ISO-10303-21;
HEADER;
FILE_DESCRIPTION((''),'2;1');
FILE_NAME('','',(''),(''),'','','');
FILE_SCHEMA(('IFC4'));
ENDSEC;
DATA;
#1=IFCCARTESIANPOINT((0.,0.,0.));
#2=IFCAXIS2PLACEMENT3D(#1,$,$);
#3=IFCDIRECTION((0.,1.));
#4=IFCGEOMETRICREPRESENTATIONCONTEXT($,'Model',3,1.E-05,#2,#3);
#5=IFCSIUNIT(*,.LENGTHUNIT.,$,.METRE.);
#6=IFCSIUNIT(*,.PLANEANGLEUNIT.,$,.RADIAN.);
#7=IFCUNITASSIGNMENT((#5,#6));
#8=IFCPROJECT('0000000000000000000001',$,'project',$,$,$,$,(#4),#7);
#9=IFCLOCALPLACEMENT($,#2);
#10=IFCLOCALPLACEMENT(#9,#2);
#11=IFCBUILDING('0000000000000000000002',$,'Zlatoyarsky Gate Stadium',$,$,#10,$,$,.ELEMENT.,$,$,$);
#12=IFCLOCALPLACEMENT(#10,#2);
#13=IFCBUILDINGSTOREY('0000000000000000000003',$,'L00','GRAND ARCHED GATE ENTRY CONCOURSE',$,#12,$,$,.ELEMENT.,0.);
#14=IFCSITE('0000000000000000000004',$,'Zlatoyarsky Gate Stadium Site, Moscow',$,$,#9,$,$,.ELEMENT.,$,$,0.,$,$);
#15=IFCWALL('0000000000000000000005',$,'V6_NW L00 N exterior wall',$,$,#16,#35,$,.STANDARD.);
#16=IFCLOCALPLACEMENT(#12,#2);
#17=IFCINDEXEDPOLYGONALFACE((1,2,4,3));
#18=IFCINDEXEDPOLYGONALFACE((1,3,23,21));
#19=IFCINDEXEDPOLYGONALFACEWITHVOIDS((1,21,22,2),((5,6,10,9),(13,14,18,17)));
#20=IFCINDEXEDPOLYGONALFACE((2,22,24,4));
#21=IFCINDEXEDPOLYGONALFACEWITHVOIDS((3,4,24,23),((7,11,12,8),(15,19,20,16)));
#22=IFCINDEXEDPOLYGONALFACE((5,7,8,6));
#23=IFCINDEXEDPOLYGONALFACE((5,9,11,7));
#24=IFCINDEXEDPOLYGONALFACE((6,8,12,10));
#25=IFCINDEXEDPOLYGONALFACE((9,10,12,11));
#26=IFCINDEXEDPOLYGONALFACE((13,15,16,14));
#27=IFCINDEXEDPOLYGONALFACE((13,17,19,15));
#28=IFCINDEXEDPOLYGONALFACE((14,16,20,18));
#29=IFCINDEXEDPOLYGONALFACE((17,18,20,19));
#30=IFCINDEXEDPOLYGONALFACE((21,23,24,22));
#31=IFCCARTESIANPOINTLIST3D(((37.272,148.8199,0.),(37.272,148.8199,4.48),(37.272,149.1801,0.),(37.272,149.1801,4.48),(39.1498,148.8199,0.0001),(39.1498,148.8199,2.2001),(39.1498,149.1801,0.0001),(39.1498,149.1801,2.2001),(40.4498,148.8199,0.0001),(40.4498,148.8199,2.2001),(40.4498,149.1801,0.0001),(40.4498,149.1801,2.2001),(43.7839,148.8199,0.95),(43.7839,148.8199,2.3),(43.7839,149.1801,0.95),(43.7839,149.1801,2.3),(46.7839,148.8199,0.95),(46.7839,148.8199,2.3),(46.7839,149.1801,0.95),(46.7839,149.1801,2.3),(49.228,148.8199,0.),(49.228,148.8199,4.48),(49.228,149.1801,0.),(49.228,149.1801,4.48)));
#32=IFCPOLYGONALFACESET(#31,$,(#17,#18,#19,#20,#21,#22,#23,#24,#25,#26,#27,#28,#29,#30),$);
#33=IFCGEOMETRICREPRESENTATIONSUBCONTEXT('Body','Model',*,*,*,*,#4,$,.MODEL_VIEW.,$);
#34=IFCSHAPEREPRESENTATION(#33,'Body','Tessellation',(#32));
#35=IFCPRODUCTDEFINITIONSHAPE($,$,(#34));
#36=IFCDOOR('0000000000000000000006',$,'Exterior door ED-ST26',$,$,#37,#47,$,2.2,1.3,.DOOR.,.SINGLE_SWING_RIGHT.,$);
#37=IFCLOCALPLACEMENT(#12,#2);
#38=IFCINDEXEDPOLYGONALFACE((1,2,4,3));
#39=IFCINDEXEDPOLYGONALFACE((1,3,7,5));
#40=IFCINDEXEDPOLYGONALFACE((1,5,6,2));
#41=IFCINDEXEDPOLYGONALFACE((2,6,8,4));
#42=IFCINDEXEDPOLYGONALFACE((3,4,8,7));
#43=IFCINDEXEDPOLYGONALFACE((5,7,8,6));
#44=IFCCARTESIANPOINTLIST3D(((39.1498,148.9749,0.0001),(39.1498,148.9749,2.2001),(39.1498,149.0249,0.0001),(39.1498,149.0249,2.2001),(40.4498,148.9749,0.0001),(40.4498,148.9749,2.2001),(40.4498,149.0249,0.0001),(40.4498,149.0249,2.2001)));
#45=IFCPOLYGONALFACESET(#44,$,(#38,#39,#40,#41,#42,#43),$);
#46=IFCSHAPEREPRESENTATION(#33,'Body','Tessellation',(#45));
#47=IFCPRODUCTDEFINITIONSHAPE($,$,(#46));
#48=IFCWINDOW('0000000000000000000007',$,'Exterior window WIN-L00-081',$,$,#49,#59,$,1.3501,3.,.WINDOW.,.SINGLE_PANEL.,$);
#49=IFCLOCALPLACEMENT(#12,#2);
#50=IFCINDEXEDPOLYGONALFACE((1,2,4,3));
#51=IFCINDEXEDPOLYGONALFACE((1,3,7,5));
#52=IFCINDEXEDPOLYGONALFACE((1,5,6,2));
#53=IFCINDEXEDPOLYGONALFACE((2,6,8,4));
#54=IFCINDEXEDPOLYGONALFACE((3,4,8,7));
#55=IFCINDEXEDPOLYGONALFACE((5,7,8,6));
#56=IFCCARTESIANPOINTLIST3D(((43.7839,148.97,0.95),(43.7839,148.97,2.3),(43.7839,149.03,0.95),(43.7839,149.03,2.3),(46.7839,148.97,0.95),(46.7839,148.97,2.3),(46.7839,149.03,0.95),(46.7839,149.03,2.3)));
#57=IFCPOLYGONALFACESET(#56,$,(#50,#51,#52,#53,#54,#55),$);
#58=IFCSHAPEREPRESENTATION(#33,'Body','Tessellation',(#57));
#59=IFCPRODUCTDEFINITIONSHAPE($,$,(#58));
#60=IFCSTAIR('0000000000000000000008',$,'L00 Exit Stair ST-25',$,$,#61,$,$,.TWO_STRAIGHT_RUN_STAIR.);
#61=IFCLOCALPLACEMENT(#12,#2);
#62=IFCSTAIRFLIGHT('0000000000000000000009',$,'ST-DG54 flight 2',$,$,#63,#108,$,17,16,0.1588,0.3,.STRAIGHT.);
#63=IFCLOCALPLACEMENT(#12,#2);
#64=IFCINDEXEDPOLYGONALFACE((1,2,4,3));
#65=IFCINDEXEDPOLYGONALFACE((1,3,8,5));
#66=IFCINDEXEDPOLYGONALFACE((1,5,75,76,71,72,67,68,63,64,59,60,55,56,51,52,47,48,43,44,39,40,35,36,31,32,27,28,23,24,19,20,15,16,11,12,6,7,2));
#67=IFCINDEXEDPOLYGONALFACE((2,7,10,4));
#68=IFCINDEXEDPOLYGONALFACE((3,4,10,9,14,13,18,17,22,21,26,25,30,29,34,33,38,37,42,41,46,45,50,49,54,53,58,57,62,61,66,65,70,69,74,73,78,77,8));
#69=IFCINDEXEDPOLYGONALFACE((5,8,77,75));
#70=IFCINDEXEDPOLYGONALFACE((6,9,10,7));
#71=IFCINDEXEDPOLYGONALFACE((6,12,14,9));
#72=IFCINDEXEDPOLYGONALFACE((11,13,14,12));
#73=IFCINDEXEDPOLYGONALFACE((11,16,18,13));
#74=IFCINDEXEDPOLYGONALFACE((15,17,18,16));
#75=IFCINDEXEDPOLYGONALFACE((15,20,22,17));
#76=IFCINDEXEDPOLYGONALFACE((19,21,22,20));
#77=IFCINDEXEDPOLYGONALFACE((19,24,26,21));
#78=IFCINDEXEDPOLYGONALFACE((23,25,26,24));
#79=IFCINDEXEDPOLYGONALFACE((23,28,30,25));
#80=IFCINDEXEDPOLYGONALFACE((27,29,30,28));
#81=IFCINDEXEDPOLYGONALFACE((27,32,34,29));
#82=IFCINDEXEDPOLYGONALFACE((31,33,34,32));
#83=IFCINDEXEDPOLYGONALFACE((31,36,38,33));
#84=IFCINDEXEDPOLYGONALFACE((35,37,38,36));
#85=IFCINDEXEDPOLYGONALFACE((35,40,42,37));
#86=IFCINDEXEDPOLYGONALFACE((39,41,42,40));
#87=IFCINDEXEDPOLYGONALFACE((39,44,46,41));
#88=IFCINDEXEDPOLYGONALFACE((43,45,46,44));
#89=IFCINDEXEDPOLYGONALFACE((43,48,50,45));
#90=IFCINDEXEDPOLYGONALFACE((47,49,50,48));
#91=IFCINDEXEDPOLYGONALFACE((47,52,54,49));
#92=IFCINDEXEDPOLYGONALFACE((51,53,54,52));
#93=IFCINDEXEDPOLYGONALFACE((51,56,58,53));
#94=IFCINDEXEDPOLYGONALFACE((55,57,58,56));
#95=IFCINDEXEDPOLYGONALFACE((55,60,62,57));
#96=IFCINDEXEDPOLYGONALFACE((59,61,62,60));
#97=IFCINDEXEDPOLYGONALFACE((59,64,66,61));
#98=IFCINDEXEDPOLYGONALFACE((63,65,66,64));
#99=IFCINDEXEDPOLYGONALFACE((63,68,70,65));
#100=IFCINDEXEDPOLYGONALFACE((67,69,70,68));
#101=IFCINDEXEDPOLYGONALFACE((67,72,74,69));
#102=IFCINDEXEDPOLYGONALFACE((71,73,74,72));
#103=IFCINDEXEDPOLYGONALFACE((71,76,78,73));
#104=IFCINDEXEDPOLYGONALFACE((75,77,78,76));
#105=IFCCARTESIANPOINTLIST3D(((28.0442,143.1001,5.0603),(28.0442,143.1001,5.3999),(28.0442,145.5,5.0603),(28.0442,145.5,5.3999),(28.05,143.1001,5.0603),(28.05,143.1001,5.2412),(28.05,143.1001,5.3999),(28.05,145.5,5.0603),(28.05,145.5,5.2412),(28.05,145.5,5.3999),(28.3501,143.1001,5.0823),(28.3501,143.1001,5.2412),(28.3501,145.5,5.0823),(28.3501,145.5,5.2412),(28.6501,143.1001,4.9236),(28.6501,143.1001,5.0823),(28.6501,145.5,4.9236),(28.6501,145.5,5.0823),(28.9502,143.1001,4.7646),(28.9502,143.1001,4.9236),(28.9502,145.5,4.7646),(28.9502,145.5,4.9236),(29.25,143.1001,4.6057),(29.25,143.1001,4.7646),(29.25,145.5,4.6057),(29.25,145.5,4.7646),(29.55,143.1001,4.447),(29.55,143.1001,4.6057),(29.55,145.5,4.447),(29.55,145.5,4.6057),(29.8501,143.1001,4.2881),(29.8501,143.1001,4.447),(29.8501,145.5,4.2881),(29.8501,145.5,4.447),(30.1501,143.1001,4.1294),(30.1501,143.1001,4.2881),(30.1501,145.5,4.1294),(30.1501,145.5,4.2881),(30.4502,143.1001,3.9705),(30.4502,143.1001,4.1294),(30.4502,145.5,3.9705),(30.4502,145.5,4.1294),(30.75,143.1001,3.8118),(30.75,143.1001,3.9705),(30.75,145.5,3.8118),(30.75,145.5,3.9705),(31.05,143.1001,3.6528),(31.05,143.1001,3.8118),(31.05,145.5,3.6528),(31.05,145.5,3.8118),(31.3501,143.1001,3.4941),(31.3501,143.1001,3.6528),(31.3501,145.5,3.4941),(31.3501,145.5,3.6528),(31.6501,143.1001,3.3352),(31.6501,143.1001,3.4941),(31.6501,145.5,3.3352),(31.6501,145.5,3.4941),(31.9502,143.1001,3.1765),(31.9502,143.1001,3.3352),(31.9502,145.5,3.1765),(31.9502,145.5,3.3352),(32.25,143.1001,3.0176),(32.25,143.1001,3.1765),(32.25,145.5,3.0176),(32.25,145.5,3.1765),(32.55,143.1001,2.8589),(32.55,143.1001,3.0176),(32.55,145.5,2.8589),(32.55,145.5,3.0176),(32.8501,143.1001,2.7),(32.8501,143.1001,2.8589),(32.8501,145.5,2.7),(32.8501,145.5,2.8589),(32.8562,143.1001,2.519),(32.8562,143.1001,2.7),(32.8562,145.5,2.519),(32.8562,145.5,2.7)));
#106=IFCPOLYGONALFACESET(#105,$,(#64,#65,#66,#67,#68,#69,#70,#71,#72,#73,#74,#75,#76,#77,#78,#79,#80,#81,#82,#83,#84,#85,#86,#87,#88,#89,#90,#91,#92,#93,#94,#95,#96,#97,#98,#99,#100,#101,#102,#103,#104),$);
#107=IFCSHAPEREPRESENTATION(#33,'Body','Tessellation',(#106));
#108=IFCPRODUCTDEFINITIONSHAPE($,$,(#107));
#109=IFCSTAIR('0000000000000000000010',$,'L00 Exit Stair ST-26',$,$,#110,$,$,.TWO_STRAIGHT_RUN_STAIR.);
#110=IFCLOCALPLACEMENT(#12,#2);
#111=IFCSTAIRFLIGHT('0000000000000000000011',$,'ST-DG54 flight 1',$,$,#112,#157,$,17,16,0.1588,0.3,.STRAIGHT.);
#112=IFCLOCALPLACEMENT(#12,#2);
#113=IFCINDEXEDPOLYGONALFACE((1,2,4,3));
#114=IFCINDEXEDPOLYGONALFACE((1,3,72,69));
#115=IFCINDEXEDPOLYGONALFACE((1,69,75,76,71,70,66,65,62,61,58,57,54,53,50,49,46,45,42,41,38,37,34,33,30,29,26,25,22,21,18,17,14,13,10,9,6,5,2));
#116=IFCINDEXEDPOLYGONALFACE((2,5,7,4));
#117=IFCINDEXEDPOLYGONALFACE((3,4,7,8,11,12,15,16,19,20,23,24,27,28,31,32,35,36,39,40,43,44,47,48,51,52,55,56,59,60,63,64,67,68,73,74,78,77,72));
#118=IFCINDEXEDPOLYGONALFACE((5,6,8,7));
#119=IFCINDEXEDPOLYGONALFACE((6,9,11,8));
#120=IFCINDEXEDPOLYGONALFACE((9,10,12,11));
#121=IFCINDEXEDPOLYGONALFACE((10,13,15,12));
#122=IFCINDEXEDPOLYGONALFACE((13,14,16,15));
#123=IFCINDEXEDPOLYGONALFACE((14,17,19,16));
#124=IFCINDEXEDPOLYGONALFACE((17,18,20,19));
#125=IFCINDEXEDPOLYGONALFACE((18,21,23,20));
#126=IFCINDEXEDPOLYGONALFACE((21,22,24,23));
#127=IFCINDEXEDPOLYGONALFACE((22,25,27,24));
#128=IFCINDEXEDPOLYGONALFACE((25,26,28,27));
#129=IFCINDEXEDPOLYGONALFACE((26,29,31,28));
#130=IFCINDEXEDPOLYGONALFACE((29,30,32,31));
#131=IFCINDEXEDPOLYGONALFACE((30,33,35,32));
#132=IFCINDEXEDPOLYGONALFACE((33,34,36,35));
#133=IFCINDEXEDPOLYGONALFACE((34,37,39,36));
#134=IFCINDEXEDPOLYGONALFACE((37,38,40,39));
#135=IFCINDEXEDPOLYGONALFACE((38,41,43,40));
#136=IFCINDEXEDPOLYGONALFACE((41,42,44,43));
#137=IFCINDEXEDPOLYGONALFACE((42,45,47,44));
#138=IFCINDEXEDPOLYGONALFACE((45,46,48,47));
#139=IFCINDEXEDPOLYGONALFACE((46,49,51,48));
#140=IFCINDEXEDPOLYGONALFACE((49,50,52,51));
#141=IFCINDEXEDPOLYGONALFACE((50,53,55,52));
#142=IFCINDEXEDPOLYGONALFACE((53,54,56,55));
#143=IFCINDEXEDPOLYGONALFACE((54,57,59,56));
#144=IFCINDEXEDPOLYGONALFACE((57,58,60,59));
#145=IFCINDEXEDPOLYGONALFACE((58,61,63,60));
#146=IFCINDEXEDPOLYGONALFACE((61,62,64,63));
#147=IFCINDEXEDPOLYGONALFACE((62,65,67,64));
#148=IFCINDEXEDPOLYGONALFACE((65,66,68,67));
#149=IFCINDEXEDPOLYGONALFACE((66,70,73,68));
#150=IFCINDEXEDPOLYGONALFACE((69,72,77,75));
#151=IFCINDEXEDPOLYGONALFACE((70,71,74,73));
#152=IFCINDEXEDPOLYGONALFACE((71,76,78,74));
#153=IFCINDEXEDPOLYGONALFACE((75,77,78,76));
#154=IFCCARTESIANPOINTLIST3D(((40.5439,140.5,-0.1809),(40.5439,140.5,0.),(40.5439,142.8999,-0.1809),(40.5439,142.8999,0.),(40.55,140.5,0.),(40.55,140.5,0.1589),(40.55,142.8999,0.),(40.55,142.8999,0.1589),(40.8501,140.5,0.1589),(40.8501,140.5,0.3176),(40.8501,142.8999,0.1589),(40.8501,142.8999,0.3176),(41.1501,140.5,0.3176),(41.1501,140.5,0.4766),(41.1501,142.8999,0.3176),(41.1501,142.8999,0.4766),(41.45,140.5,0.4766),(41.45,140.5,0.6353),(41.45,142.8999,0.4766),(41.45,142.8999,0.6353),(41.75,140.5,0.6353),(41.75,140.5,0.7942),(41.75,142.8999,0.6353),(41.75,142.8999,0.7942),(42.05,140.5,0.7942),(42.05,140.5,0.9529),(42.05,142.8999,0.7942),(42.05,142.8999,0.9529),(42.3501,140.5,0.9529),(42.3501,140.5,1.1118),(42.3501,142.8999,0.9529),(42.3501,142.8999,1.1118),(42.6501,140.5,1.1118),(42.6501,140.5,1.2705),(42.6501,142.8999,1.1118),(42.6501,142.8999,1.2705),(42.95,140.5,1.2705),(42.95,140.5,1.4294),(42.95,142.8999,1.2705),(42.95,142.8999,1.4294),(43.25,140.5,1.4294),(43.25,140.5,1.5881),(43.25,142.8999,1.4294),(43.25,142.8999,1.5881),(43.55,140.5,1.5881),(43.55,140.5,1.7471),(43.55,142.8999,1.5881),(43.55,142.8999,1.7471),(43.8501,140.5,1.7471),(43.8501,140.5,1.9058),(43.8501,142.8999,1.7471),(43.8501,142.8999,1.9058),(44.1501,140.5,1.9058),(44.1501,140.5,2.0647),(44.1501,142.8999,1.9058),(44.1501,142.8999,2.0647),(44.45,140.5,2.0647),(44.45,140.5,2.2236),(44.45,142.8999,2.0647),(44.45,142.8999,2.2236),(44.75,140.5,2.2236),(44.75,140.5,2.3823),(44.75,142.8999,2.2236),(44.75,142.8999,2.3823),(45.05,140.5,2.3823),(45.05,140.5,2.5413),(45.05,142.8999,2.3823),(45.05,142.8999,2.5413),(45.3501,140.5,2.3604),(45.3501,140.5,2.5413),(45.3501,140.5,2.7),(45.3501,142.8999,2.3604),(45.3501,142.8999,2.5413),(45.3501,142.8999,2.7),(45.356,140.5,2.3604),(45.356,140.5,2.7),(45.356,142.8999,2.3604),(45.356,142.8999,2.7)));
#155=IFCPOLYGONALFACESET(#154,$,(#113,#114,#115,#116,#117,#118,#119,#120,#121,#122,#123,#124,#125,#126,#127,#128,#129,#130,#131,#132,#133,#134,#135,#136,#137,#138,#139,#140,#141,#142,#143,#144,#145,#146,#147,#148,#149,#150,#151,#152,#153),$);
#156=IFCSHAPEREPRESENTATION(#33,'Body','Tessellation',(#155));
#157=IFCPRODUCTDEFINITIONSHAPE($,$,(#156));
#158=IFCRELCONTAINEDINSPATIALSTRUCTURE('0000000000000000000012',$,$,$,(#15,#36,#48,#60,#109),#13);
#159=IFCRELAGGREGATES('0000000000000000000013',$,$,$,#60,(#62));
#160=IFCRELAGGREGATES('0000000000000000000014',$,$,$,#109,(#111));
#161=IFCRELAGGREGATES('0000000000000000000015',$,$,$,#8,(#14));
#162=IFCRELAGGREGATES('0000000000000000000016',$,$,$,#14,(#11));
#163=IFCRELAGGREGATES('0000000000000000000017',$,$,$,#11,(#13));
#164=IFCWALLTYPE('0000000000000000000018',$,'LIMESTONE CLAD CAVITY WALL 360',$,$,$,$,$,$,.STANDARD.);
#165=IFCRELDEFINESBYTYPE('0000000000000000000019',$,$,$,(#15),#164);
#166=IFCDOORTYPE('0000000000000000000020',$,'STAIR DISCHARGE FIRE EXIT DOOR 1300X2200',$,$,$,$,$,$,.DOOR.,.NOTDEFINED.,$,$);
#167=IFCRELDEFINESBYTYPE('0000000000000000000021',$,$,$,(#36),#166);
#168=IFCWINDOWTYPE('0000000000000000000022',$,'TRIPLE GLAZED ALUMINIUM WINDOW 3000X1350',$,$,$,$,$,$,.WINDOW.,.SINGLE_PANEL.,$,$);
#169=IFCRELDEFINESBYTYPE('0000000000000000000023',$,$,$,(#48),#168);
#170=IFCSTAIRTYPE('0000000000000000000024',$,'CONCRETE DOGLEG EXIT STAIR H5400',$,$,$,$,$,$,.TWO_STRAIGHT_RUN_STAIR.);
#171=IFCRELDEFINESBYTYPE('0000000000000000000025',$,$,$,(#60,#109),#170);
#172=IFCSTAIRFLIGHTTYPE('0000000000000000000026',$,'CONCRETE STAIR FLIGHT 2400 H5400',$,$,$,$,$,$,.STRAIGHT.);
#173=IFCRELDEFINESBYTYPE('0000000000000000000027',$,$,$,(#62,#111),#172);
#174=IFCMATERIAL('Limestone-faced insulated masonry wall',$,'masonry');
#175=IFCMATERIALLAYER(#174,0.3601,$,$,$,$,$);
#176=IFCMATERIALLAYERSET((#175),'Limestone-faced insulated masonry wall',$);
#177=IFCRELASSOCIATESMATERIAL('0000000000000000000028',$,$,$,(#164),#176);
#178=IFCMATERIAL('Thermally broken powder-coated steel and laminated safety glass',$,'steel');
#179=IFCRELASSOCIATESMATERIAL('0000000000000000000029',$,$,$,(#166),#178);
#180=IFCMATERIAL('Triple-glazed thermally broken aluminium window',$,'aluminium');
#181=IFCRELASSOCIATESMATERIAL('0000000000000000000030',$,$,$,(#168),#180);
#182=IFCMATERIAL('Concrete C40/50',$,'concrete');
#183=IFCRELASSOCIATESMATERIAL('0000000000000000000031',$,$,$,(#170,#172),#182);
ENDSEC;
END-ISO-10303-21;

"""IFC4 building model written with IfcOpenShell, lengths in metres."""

from ifc_helpers import new_model, si_unit, direction, frame, frame_2d, origin, place, context, subcontext, project, spatial, polyline, rectangle, outline, extrude, material, layer, layer_set, type_object, element, fill, aggregate, save


model = new_model("IFC4")

# Units and contexts
model_context = context("Model", 3, precision=1e-05, world=origin(), true_north=direction((0.0, 1.0)))
body_context = subcontext(model_context, "Body", "Model", "MODEL_VIEW")
ifc_project = project(units=[si_unit("LENGTHUNIT", "METRE"), si_unit("PLANEANGLEUNIT", "RADIAN")], contexts=[model_context])

# Site, building, storey
site_placement = place(None, origin())
site = spatial("IfcSite", under=ifc_project, at=site_placement, Name="Zlatoyarsky Gate Stadium Site, Moscow", CompositionType="ELEMENT", RefElevation=0.0)
building_placement = place(site_placement, origin())
building = spatial("IfcBuilding", under=site, at=building_placement, Name="Zlatoyarsky Gate Stadium", CompositionType="ELEMENT")
storey_placement = place(building_placement, origin())
storey = spatial("IfcBuildingStorey", under=building, at=storey_placement, Name="L00", Description="GRAND ARCHED GATE ENTRY CONCOURSE", CompositionType="ELEMENT", Elevation=0.0)

# Shared definitions
ifc_material_1 = material(Name="Concrete C40/50", Category="concrete")

# Wall, openings, door, window
ifc_material_2 = material(Name="Limestone-faced insulated masonry wall", Category="masonry")
ifc_layer_1 = layer(ifc_material_2, 0.3601)
ifc_layer_set_1 = layer_set([ifc_layer_1], Name="Limestone-faced insulated masonry wall")
wall_type_1 = type_object("IfcWallType", Name="LIMESTONE CLAD CAVITY WALL 360", PredefinedType="STANDARD", material=ifc_layer_set_1)
wall_1_placement = place(storey_placement, frame((37.272, 149.0, 0.0), z_axis=(0.0, 0.0, 1.0), x_axis=(1.0, 0.0, 0.0)))
wall_1 = element("IfcWall", 1, at=wall_1_placement, inside=storey, type_object=wall_type_1, Name="V6_NW L00 N exterior wall", PredefinedType="STANDARD", context=body_context, shape_type="SweptSolid", body=[
    extrude(rectangle(XDim=11.9561, YDim=0.3601, at=frame_2d((5.978, 0.0))), origin(), (0.0, 0.0, 1.0), 4.48),
])
opening_1_placement = place(wall_1_placement, frame((1.8779, 0.0, 0.0)))
opening_1 = element("IfcOpeningElement", 2, at=opening_1_placement, cuts=wall_1, PredefinedType="OPENING", context=body_context, shape_type="SweptSolid", body=[
    extrude(rectangle(XDim=1.3, YDim=2.2, at=frame_2d((0.6499, 1.1001))), frame((0.0, 0.1899, 0.0), z_axis=(0.0, -1.0, 0.0), x_axis=(1.0, 0.0, 0.0)), (0.0, 0.0, 1.0), 0.3801),
])
opening_2_placement = place(wall_1_placement, frame((6.512, 0.0, 0.95)))
opening_2 = element("IfcOpeningElement", 3, at=opening_2_placement, cuts=wall_1, PredefinedType="OPENING", context=body_context, shape_type="SweptSolid", body=[
    extrude(rectangle(XDim=3.0, YDim=1.3501, at=frame_2d((1.5, 0.675))), frame((0.0, 0.1899, 0.0), z_axis=(0.0, -1.0, 0.0), x_axis=(1.0, 0.0, 0.0)), (0.0, 0.0, 1.0), 0.3801),
])
ifc_material_3 = material(Name="Thermally broken powder-coated steel and laminated safety glass", Category="steel")
door_type_1 = type_object("IfcDoorType", Name="STAIR DISCHARGE FIRE EXIT DOOR 1300X2200", OperationType="NOTDEFINED", PredefinedType="DOOR", material=ifc_material_3)
door_1_placement = place(opening_1_placement, origin())
door_1 = element("IfcDoor", 4, at=door_1_placement, inside=storey, type_object=door_type_1, Name="Exterior door ED-ST26", OperationType="SINGLE_SWING_RIGHT", OverallHeight=2.2, OverallWidth=1.3, PredefinedType="DOOR", context=body_context, shape_type="SweptSolid", body=[
    extrude(rectangle(XDim=1.3, YDim=2.2, at=frame_2d((0.6499, 1.1001))), frame((0.0, 0.0249, 0.0), z_axis=(0.0, -1.0, 0.0), x_axis=(1.0, 0.0, 0.0)), (0.0, 0.0, 1.0), 0.05),
])
fill(opening_1, door_1)
ifc_material_4 = material(Name="Triple-glazed thermally broken aluminium window", Category="aluminium")
window_type = type_object("IfcWindowType", Name="TRIPLE GLAZED ALUMINIUM WINDOW 3000X1350", PartitioningType="SINGLE_PANEL", PredefinedType="WINDOW", material=ifc_material_4)
window_placement = place(opening_2_placement, origin())
window = element("IfcWindow", 5, at=window_placement, inside=storey, type_object=window_type, Name="Exterior window WIN-L00-081", OverallHeight=1.3501, OverallWidth=3.0, PartitioningType="SINGLE_PANEL", PredefinedType="WINDOW", context=body_context, shape_type="SweptSolid", body=[
    extrude(rectangle(XDim=3.0, YDim=1.3501, at=frame_2d((1.5, 0.675))), frame((0.0, 0.03, 0.0), z_axis=(0.0, -1.0, 0.0), x_axis=(1.0, 0.0, 0.0)), (0.0, 0.0, 1.0), 0.0601),
])
fill(opening_2, window)

# Stairs, stair flights
stair_type = type_object("IfcStairType", Name="CONCRETE DOGLEG EXIT STAIR H5400", PredefinedType="TWO_STRAIGHT_RUN_STAIR", material=ifc_material_1)
stair_1_placement = place(storey_placement, origin())
stair_1 = element("IfcStair", 6, at=stair_1_placement, inside=storey, type_object=stair_type, Name="L00 Exit Stair ST-25", PredefinedType="TWO_STRAIGHT_RUN_STAIR")
stair_flight_type = type_object("IfcStairFlightType", Name="CONCRETE STAIR FLIGHT 2400 H5400", PredefinedType="STRAIGHT", material=ifc_material_1)
stair_flight_1_placement = place(storey_placement, frame((32.8501, 144.3, 2.7), z_axis=(0.0, 0.0, 1.0), x_axis=(-1.0, 0.0, 0.0)))
stair_flight_1 = element("IfcStairFlight", 7, at=stair_flight_1_placement, type_object=stair_flight_type, Name="ST-DG54 flight 2", NumberOfRisers=17, NumberOfTreads=16, PredefinedType="STRAIGHT", RiserHeight=0.1588, TreadLength=0.3, context=body_context, shape_type="SweptSolid", body=[
    extrude(outline(polyline([(-0.0061, -0.1809), (-0.0061, 0.0), (0.0, 0.0), (0.0, 0.1589), (0.3, 0.1589), (0.3, 0.3176), (0.6001, 0.3176), (0.6001, 0.4766), (0.8999, 0.4766), (0.8999, 0.6353), (1.2, 0.6353), (1.2, 0.7942), (1.5, 0.7942), (1.5, 0.9529), (1.8, 0.9529), (1.8, 1.1118), (2.1001, 1.1118), (2.1001, 1.2705), (2.3999, 1.2705), (2.3999, 1.4294), (2.7, 1.4294), (2.7, 1.5881), (3.0, 1.5881), (3.0, 1.7471), (3.3, 1.7471), (3.3, 1.9058), (3.6001, 1.9058), (3.6001, 2.0647), (3.8999, 2.0647), (3.8999, 2.2236), (4.2, 2.2236), (4.2, 2.3823), (4.5, 2.3823), (4.5, 2.5413), (4.8, 2.5413), (4.8, 2.7), (4.8059, 2.7), (4.8059, 2.3604), (4.8, 2.3604), (-0.0061, -0.1809)])), frame((0.0, 1.2, 0.0), z_axis=(0.0, -1.0, 0.0), x_axis=(1.0, 0.0, 0.0)), (0.0, 0.0, 1.0), 2.3999),
])
aggregate(stair_1, [stair_flight_1])
stair_2_placement = place(storey_placement, origin())
stair_2 = element("IfcStair", 8, at=stair_2_placement, inside=storey, type_object=stair_type, Name="L00 Exit Stair ST-26", PredefinedType="TWO_STRAIGHT_RUN_STAIR")
stair_flight_2_placement = place(storey_placement, frame((40.55, 141.7, 0.0), z_axis=(0.0, 0.0, 1.0), x_axis=(1.0, 0.0, 0.0)))
stair_flight_2 = element("IfcStairFlight", 9, at=stair_flight_2_placement, type_object=stair_flight_type, Name="ST-DG54 flight 1", NumberOfRisers=17, NumberOfTreads=16, PredefinedType="STRAIGHT", RiserHeight=0.1588, TreadLength=0.3, context=body_context, shape_type="SweptSolid", body=[
    extrude(outline(polyline([(-0.0061, -0.1809), (-0.0061, 0.0), (0.0, 0.0), (0.0, 0.1589), (0.3, 0.1589), (0.3, 0.3176), (0.6001, 0.3176), (0.6001, 0.4766), (0.8999, 0.4766), (0.8999, 0.6353), (1.2, 0.6353), (1.2, 0.7942), (1.5, 0.7942), (1.5, 0.9529), (1.8, 0.9529), (1.8, 1.1118), (2.1001, 1.1118), (2.1001, 1.2705), (2.3999, 1.2705), (2.3999, 1.4294), (2.7, 1.4294), (2.7, 1.5881), (3.0, 1.5881), (3.0, 1.7471), (3.3, 1.7471), (3.3, 1.9058), (3.6001, 1.9058), (3.6001, 2.0647), (3.8999, 2.0647), (3.8999, 2.2236), (4.2, 2.2236), (4.2, 2.3823), (4.5, 2.3823), (4.5, 2.5413), (4.8, 2.5413), (4.8, 2.7), (4.8059, 2.7), (4.8059, 2.3604), (4.8, 2.3604), (-0.0061, -0.1809)])), frame((0.0, 1.2, 0.0), z_axis=(0.0, -1.0, 0.0), x_axis=(1.0, 0.0, 0.0)), (0.0, 0.0, 1.0), 2.3999),
])
aggregate(stair_2, [stair_flight_2])

save(model, "model.ifc")
